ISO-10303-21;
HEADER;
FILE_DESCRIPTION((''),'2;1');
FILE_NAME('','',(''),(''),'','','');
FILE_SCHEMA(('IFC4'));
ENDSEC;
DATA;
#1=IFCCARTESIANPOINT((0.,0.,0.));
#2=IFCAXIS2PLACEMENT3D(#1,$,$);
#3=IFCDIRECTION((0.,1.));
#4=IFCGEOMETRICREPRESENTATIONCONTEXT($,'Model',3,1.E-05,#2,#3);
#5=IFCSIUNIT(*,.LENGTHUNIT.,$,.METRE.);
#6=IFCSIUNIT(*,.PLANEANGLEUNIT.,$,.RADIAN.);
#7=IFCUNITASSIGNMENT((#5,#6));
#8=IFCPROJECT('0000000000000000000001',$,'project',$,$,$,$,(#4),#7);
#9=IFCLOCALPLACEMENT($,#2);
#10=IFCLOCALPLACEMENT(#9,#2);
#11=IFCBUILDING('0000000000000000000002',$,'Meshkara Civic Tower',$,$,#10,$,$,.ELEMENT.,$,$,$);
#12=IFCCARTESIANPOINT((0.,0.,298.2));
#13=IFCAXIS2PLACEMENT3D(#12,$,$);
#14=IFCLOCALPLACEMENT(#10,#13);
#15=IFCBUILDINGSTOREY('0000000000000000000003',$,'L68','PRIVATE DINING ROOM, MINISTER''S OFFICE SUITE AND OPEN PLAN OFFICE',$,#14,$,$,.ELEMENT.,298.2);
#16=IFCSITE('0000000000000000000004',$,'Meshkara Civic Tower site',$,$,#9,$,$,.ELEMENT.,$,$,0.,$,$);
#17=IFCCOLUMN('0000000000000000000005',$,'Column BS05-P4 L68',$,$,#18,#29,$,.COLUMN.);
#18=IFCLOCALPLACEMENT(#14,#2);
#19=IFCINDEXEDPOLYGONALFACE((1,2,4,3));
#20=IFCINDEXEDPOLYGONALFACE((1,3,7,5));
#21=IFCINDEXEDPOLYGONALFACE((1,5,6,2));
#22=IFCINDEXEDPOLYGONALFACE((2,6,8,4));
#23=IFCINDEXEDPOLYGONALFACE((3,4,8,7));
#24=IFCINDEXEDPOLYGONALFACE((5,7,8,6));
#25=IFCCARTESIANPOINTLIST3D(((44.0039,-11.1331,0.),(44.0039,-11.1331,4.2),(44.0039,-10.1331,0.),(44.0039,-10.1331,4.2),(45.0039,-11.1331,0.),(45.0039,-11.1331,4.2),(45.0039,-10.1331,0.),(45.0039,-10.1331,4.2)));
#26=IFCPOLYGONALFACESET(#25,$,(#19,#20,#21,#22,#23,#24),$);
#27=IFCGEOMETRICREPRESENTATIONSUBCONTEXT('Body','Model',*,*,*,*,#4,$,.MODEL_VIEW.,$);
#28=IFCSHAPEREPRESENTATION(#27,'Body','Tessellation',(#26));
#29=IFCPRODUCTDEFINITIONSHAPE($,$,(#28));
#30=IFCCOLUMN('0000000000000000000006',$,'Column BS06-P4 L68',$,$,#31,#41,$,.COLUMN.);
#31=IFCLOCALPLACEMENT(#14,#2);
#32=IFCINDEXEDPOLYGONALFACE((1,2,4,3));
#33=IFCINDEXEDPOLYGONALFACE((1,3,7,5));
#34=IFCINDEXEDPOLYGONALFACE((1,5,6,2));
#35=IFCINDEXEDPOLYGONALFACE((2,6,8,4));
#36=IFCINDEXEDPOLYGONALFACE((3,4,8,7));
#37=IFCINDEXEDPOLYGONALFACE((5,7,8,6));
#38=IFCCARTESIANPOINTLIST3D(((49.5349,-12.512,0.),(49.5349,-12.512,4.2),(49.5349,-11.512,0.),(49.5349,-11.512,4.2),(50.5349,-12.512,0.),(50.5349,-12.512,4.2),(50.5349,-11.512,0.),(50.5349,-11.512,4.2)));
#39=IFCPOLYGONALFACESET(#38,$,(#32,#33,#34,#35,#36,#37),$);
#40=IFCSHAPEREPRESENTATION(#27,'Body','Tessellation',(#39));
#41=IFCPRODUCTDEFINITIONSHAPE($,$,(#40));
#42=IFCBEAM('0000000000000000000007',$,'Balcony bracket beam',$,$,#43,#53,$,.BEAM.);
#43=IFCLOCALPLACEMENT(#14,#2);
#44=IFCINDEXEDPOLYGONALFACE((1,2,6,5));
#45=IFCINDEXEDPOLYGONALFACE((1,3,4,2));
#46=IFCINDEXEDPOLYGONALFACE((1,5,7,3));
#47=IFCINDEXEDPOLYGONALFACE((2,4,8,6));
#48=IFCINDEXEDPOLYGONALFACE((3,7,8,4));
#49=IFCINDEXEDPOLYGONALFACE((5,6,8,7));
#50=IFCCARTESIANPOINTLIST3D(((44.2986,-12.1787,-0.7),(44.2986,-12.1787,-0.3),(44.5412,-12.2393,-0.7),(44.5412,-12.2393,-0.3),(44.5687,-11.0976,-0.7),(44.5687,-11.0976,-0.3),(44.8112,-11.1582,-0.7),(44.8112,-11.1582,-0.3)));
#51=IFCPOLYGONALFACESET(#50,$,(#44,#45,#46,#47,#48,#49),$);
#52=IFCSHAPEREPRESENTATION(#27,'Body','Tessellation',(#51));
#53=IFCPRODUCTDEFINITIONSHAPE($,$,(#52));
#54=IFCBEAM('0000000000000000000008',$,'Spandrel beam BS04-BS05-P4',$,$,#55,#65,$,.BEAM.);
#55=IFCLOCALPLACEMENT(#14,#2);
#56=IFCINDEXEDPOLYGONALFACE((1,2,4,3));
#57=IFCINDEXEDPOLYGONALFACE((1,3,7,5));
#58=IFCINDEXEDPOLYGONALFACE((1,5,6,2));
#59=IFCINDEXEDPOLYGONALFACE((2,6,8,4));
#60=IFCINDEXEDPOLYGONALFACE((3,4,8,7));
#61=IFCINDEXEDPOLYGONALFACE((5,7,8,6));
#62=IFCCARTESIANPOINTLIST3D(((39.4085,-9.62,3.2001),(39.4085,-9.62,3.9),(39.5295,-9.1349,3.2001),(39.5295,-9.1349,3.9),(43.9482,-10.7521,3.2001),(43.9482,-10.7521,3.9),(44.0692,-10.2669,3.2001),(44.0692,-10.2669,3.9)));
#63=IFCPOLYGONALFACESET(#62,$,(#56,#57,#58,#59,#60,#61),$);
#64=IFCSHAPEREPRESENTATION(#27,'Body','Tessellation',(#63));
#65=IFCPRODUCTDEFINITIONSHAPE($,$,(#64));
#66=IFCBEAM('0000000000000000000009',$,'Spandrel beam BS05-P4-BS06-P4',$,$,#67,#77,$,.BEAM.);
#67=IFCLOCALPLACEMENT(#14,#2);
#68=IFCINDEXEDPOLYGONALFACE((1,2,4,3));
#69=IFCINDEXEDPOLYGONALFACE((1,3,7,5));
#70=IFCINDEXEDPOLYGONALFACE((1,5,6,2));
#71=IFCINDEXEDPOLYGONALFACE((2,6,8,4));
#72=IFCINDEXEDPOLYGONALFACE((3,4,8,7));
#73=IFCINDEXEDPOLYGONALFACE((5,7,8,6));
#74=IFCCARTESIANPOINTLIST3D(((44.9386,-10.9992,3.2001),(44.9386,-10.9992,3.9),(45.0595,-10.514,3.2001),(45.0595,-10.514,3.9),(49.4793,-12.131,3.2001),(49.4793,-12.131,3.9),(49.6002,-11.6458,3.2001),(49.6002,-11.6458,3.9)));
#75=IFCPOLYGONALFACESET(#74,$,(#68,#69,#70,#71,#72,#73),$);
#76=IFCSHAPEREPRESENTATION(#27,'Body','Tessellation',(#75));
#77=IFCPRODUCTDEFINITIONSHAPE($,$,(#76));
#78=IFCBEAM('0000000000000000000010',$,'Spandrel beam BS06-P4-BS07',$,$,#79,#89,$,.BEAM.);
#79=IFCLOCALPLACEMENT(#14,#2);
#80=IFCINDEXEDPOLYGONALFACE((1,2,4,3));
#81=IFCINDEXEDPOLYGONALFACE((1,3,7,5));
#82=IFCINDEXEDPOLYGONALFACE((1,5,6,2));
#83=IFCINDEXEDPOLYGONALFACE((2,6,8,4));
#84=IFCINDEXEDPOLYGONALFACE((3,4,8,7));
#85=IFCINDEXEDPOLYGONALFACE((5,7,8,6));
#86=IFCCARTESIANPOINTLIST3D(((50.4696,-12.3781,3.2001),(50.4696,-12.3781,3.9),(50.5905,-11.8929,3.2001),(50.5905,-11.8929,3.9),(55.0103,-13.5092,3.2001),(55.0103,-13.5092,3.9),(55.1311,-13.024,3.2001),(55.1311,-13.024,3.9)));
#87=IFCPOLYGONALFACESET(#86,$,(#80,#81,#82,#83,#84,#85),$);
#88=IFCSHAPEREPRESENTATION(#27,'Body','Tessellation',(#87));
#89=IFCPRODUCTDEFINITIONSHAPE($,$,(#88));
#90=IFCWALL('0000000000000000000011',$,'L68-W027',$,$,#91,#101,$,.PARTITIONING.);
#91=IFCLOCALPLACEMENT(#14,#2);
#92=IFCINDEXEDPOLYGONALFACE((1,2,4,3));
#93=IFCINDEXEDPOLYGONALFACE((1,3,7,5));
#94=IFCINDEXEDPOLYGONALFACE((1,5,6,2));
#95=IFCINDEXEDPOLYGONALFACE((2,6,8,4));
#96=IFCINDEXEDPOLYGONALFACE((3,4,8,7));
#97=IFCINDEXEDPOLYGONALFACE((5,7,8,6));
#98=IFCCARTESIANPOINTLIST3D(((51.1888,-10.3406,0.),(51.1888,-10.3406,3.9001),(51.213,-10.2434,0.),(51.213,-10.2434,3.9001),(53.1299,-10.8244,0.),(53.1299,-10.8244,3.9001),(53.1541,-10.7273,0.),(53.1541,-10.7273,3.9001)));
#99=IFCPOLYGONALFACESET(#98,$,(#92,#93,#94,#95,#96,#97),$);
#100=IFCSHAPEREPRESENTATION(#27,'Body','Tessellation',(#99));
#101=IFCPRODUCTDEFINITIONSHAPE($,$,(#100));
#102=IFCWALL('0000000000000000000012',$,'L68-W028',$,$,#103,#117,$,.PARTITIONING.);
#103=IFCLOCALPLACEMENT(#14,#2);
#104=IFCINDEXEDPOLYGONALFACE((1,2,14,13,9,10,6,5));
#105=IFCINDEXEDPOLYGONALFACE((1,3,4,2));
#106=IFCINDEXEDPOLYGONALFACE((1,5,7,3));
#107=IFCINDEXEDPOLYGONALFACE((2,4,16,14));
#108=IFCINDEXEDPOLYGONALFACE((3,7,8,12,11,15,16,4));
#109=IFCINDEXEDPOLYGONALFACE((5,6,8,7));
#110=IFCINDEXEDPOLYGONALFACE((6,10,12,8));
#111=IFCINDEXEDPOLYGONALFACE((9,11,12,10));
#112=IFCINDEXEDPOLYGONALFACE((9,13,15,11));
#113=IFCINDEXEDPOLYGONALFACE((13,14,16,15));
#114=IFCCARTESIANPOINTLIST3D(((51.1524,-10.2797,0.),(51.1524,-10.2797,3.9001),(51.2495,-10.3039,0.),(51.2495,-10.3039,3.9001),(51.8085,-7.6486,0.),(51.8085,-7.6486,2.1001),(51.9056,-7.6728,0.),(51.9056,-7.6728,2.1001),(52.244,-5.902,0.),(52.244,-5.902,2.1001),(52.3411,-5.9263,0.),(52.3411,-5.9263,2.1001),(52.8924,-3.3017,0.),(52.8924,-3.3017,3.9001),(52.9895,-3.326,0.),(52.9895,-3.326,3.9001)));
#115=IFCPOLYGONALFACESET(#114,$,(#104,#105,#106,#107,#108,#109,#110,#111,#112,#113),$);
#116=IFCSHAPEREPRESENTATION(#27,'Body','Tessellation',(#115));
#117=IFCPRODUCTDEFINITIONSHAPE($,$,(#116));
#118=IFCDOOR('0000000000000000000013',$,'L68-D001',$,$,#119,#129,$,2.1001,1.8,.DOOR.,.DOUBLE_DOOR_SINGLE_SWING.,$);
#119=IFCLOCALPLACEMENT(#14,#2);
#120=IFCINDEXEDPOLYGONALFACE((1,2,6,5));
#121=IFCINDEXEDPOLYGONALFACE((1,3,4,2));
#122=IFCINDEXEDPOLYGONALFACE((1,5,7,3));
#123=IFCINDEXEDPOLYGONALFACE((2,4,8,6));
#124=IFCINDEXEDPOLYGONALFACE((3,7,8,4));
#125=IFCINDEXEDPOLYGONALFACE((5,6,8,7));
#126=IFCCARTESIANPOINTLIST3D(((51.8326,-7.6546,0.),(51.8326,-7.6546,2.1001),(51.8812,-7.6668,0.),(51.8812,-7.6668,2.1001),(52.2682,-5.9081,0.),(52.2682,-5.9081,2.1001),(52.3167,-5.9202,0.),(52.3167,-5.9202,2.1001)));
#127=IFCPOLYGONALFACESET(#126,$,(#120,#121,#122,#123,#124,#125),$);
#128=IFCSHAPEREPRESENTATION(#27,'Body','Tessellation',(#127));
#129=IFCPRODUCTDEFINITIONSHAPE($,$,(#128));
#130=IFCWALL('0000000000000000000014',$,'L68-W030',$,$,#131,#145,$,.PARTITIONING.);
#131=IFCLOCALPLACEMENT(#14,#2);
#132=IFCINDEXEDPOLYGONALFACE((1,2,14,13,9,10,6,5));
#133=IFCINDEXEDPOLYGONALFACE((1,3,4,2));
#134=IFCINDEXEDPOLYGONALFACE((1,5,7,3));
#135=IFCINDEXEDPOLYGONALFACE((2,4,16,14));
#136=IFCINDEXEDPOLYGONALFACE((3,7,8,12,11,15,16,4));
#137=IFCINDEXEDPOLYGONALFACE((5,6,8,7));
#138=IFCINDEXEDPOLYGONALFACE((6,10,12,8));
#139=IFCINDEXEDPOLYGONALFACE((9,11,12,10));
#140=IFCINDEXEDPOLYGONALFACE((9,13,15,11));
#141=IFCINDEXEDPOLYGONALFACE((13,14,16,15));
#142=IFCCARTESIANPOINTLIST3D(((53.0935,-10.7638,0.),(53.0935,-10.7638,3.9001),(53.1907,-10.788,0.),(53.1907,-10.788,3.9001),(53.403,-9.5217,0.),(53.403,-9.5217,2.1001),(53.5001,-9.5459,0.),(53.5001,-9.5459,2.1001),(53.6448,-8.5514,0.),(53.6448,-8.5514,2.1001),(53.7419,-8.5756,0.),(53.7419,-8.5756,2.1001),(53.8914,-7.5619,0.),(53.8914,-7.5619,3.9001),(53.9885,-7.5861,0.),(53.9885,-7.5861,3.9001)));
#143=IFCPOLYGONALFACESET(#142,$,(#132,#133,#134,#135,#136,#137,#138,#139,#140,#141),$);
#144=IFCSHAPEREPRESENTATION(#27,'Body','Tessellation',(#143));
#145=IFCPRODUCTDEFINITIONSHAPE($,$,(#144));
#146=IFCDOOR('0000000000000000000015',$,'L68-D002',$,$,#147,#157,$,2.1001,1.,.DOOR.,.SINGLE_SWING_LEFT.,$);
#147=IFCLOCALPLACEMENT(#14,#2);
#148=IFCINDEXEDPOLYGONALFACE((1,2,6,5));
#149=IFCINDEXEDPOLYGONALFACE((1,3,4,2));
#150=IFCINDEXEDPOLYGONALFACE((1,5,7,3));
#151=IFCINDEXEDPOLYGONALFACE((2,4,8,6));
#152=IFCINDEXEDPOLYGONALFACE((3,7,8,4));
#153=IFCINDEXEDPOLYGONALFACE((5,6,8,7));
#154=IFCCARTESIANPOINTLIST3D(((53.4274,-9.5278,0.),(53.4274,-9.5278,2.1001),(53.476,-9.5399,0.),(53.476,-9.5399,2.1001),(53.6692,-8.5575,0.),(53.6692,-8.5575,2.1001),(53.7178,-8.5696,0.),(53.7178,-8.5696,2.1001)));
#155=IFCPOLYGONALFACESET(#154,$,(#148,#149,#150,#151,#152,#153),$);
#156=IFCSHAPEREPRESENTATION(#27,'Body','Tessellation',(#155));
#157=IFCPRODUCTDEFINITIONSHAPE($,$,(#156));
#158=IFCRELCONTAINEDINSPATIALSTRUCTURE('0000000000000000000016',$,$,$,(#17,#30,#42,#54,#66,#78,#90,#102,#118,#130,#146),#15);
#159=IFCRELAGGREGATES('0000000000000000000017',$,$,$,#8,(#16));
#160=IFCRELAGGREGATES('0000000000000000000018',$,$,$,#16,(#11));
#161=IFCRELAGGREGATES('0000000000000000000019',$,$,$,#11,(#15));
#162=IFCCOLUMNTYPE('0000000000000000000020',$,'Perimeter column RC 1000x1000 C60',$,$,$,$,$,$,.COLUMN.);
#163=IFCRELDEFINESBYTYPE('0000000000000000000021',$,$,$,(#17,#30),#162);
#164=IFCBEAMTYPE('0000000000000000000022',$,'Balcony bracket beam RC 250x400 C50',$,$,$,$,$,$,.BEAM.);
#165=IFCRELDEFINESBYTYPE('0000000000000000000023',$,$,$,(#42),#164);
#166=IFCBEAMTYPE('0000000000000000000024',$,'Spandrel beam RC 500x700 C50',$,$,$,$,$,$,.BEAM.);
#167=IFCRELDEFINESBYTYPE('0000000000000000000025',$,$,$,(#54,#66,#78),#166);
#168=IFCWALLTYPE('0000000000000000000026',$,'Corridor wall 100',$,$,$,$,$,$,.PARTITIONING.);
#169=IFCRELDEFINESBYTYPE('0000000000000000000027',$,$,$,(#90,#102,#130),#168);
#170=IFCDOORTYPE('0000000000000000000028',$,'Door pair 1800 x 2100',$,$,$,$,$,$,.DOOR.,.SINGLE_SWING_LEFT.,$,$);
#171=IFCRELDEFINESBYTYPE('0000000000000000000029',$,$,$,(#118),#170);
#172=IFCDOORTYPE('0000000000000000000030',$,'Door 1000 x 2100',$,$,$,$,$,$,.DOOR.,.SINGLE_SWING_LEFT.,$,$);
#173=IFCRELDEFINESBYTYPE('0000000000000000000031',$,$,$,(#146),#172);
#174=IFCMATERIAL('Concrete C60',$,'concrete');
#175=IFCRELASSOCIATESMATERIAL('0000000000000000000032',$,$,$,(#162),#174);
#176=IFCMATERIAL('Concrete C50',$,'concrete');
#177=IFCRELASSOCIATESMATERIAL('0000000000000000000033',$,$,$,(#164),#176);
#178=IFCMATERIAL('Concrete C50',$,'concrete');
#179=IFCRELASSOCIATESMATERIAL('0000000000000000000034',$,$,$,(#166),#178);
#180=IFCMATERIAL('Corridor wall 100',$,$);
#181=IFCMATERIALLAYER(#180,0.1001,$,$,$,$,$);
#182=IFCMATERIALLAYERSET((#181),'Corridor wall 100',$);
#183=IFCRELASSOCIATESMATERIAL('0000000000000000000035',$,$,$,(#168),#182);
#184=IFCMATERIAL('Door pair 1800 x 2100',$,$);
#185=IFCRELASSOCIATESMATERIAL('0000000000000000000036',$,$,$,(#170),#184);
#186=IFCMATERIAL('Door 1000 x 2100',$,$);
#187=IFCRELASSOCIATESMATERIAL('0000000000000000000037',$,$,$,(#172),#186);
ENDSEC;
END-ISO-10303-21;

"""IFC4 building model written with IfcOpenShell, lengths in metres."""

from ifc_helpers import new_model, si_unit, direction, frame, frame_2d, origin, origin_2d, place, context, subcontext, project, spatial, rectangle, extrude, material, layer, layer_set, material_profile, profile_set, type_object, element, fill, save


model = new_model("IFC4")

# Units and contexts
model_context = context("Model", 3, precision=1e-05, world=origin(), true_north=direction((0.0, 1.0)))
body_context = subcontext(model_context, "Body", "Model", "MODEL_VIEW")
ifc_project = project(units=[si_unit("LENGTHUNIT", "METRE"), si_unit("PLANEANGLEUNIT", "RADIAN")], contexts=[model_context])

# Site, building, storey
site_placement = place(None, origin())
site = spatial("IfcSite", under=ifc_project, at=site_placement, Name="Meshkara Civic Tower site", CompositionType="ELEMENT", RefElevation=0.0)
building_placement = place(site_placement, origin())
building = spatial("IfcBuilding", under=site, at=building_placement, Name="Meshkara Civic Tower", CompositionType="ELEMENT")
storey_placement = place(building_placement, frame((0.0, 0.0, 298.2)))
storey = spatial("IfcBuildingStorey", under=building, at=storey_placement, Name="L68", Description="PRIVATE DINING ROOM, MINISTER'S OFFICE SUITE AND OPEN PLAN OFFICE", CompositionType="ELEMENT", Elevation=298.2)

# Columns
ifc_material_1 = material(Name="Concrete C60", Category="concrete")
ifc_material_profile_1 = material_profile(ifc_material_1, rectangle(XDim=1.0, YDim=1.0, at=origin_2d()))
ifc_profile_set_1 = profile_set([ifc_material_profile_1], Name="Concrete C60")
column_type = type_object("IfcColumnType", Name="Perimeter column RC 1000x1000 C60", PredefinedType="COLUMN", material=ifc_profile_set_1)
for number, where, z_axis, x_axis, name in (
    (1, (44.5039, -10.6331, 0.0), (0.0, 0.0, 1.0), (1.0, 0.0, 0.0), "Column BS05-P4 L68"),
    (2, (50.0349, -12.012, 0.0), (0.0, 0.0, 1.0), (1.0, 0.0, 0.0), "Column BS06-P4 L68"),
):
    element("IfcColumn", number, at=place(storey_placement, frame(where, z_axis=z_axis, x_axis=x_axis)), inside=storey, type_object=column_type, Name=name, PredefinedType="COLUMN", context=body_context, shape_type="SweptSolid", body=[
        extrude(rectangle(XDim=1.0, YDim=1.0, at=origin_2d()), origin(), (0.0, 0.0, 1.0), 4.2),
    ])

# Beams
ifc_material_2 = material(Name="Concrete C50", Category="concrete")
ifc_material_profile_2 = material_profile(ifc_material_2, rectangle(XDim=0.25, YDim=0.3999, at=origin_2d()))
ifc_profile_set_2 = profile_set([ifc_material_profile_2], Name="Concrete C50")
beam_type_1 = type_object("IfcBeamType", Name="Balcony bracket beam RC 250x400 C50", PredefinedType="BEAM", material=ifc_profile_set_2)
beam_1_placement = place(storey_placement, frame((44.6899, -11.1279, -0.5), z_axis=(-0.242329, -0.970194, 0.0), x_axis=(0.970194, -0.242329, 0.0)))
element("IfcBeam", 3, at=beam_1_placement, inside=storey, type_object=beam_type_1, Name="Balcony bracket beam", PredefinedType="BEAM", context=body_context, shape_type="SweptSolid", body=[
    extrude(rectangle(XDim=0.25, YDim=0.3999, at=origin_2d()), origin(), (0.0, 0.0, 1.0), 1.1143),
])
ifc_material_3 = material(Name="Concrete C50", Category="concrete")
ifc_material_profile_3 = material_profile(ifc_material_3, rectangle(XDim=0.5, YDim=0.7, at=origin_2d()))
ifc_profile_set_3 = profile_set([ifc_material_profile_3], Name="Concrete C50")
beam_type_2 = type_object("IfcBeamType", Name="Spandrel beam RC 500x700 C50", PredefinedType="BEAM", material=ifc_profile_set_3)
beam_2_placement = place(storey_placement, frame((39.469, -9.3774, 3.55), z_axis=(0.970287, -0.241959, 0.0), x_axis=(0.241959, 0.970287, 0.0)))
element("IfcBeam", 4, at=beam_2_placement, inside=storey, type_object=beam_type_2, Name="Spandrel beam BS04-BS05-P4", PredefinedType="BEAM", context=body_context, shape_type="SweptSolid", body=[
    extrude(rectangle(XDim=0.5, YDim=0.7, at=origin_2d()), origin(), (0.0, 0.0, 1.0), 4.6787),
])
beam_3_placement = place(storey_placement, frame((44.999, -10.7566, 3.55), z_axis=(0.970311, -0.24186, 0.0), x_axis=(0.24186, 0.970311, 0.0)))
element("IfcBeam", 5, at=beam_3_placement, inside=storey, type_object=beam_type_2, Name="Spandrel beam BS05-P4-BS06-P4", PredefinedType="BEAM", context=body_context, shape_type="SweptSolid", body=[
    extrude(rectangle(XDim=0.5, YDim=0.7, at=origin_2d()), origin(), (0.0, 0.0, 1.0), 4.6797),
])
beam_4_placement = place(storey_placement, frame((50.53, -12.1355, 3.55), z_axis=(0.970348, -0.241713, 0.0), x_axis=(0.241713, 0.970348, 0.0)))
element("IfcBeam", 6, at=beam_4_placement, inside=storey, type_object=beam_type_2, Name="Spandrel beam BS06-P4-BS07", PredefinedType="BEAM", context=body_context, shape_type="SweptSolid", body=[
    extrude(rectangle(XDim=0.5, YDim=0.7, at=origin_2d()), origin(), (0.0, 0.0, 1.0), 4.6794),
])

# Wall
ifc_material_4 = material(Name="Corridor wall 100")
ifc_layer_1 = layer(ifc_material_4, 0.1001)
ifc_layer_set_1 = layer_set([ifc_layer_1], Name="Corridor wall 100")
wall_type_1 = type_object("IfcWallType", Name="Corridor wall 100", PredefinedType="PARTITIONING", material=ifc_layer_set_1)
wall_1_placement = place(storey_placement, frame((51.2009, -10.292, 0.0), z_axis=(0.0, 0.0, 1.0), x_axis=(0.970307, -0.241875, 0.0)))
element("IfcWall", 7, at=wall_1_placement, inside=storey, type_object=wall_type_1, Name="L68-W027", PredefinedType="PARTITIONING", context=body_context, shape_type="SweptSolid", body=[
    extrude(rectangle(XDim=2.0005, YDim=0.1001, at=frame_2d((1.0002, 0.0))), origin(), (0.0, 0.0, 1.0), 3.9001),
])

# Walls, openings, doors
wall_2_placement = place(storey_placement, frame((52.9409, -3.314, 0.0), z_axis=(0.0, 0.0, 1.0), x_axis=(-0.241944, -0.97029, 0.0)))
wall_2 = element("IfcWall", 8, at=wall_2_placement, inside=storey, type_object=wall_type_1, Name="L68-W028", PredefinedType="PARTITIONING", context=body_context, shape_type="SweptSolid", body=[
    extrude(rectangle(XDim=7.1917, YDim=0.1001, at=frame_2d((3.5957, 0.0))), origin(), (0.0, 0.0, 1.0), 3.9001),
])
opening_1_placement = place(wall_2_placement, frame((2.6799, 0.0, 0.0)))
opening_1 = element("IfcOpeningElement", 9, at=opening_1_placement, cuts=wall_2, PredefinedType="OPENING", context=body_context, shape_type="SweptSolid", body=[
    extrude(rectangle(XDim=1.8, YDim=2.1001, at=frame_2d((0.8999, 1.05))), frame((0.0, 0.0601, 0.0), z_axis=(0.0, -1.0, 0.0), x_axis=(1.0, 0.0, 0.0)), (0.0, 0.0, 1.0), 0.1201),
])
ifc_material_5 = material(Name="Door pair 1800 x 2100")
door_type_1 = type_object("IfcDoorType", Name="Door pair 1800 x 2100", OperationType="SINGLE_SWING_LEFT", PredefinedType="DOOR", material=ifc_material_5)
door_1_placement = place(opening_1_placement, origin())
door_1 = element("IfcDoor", 10, at=door_1_placement, inside=storey, type_object=door_type_1, Name="L68-D001", OperationType="DOUBLE_DOOR_SINGLE_SWING", OverallHeight=2.1001, OverallWidth=1.8, PredefinedType="DOOR", context=body_context, shape_type="SweptSolid", body=[
    extrude(rectangle(XDim=1.8, YDim=2.1001, at=frame_2d((0.8999, 1.05))), frame((0.0, 0.0249, 0.0), z_axis=(0.0, -1.0, 0.0), x_axis=(1.0, 0.0, 0.0)), (0.0, 0.0, 1.0), 0.05),
])
fill(opening_1, door_1)
wall_3_placement = place(storey_placement, frame((53.1421, -10.7759, 0.0), z_axis=(0.0, 0.0, 1.0), x_axis=(0.241787, 0.970329, 0.0)))
wall_3 = element("IfcWall", 11, at=wall_3_placement, inside=storey, type_object=wall_type_1, Name="L68-W030", PredefinedType="PARTITIONING", context=body_context, shape_type="SweptSolid", body=[
    extrude(rectangle(XDim=3.2998, YDim=0.1001, at=frame_2d((1.6499, 0.0))), origin(), (0.0, 0.0, 1.0), 3.9001),
])
opening_2_placement = place(wall_3_placement, frame((1.28, 0.0, 0.0)))
opening_2 = element("IfcOpeningElement", 12, at=opening_2_placement, cuts=wall_3, PredefinedType="OPENING", context=body_context, shape_type="SweptSolid", body=[
    extrude(rectangle(XDim=1.0, YDim=2.1001, at=frame_2d((0.5, 1.05))), frame((0.0, 0.0601, 0.0), z_axis=(0.0, -1.0, 0.0), x_axis=(1.0, 0.0, 0.0)), (0.0, 0.0, 1.0), 0.1201),
])
ifc_material_6 = material(Name="Door 1000 x 2100")
door_type_2 = type_object("IfcDoorType", Name="Door 1000 x 2100", OperationType="SINGLE_SWING_LEFT", PredefinedType="DOOR", material=ifc_material_6)
door_2_placement = place(opening_2_placement, origin())
door_2 = element("IfcDoor", 13, at=door_2_placement, inside=storey, type_object=door_type_2, Name="L68-D002", OperationType="SINGLE_SWING_LEFT", OverallHeight=2.1001, OverallWidth=1.0, PredefinedType="DOOR", context=body_context, shape_type="SweptSolid", body=[
    extrude(rectangle(XDim=1.0, YDim=2.1001, at=frame_2d((0.5, 1.05))), frame((0.0, 0.0249, 0.0), z_axis=(0.0, -1.0, 0.0), x_axis=(1.0, 0.0, 0.0)), (0.0, 0.0, 1.0), 0.05),
])
fill(opening_2, door_2)

save(model, "model.ifc")
